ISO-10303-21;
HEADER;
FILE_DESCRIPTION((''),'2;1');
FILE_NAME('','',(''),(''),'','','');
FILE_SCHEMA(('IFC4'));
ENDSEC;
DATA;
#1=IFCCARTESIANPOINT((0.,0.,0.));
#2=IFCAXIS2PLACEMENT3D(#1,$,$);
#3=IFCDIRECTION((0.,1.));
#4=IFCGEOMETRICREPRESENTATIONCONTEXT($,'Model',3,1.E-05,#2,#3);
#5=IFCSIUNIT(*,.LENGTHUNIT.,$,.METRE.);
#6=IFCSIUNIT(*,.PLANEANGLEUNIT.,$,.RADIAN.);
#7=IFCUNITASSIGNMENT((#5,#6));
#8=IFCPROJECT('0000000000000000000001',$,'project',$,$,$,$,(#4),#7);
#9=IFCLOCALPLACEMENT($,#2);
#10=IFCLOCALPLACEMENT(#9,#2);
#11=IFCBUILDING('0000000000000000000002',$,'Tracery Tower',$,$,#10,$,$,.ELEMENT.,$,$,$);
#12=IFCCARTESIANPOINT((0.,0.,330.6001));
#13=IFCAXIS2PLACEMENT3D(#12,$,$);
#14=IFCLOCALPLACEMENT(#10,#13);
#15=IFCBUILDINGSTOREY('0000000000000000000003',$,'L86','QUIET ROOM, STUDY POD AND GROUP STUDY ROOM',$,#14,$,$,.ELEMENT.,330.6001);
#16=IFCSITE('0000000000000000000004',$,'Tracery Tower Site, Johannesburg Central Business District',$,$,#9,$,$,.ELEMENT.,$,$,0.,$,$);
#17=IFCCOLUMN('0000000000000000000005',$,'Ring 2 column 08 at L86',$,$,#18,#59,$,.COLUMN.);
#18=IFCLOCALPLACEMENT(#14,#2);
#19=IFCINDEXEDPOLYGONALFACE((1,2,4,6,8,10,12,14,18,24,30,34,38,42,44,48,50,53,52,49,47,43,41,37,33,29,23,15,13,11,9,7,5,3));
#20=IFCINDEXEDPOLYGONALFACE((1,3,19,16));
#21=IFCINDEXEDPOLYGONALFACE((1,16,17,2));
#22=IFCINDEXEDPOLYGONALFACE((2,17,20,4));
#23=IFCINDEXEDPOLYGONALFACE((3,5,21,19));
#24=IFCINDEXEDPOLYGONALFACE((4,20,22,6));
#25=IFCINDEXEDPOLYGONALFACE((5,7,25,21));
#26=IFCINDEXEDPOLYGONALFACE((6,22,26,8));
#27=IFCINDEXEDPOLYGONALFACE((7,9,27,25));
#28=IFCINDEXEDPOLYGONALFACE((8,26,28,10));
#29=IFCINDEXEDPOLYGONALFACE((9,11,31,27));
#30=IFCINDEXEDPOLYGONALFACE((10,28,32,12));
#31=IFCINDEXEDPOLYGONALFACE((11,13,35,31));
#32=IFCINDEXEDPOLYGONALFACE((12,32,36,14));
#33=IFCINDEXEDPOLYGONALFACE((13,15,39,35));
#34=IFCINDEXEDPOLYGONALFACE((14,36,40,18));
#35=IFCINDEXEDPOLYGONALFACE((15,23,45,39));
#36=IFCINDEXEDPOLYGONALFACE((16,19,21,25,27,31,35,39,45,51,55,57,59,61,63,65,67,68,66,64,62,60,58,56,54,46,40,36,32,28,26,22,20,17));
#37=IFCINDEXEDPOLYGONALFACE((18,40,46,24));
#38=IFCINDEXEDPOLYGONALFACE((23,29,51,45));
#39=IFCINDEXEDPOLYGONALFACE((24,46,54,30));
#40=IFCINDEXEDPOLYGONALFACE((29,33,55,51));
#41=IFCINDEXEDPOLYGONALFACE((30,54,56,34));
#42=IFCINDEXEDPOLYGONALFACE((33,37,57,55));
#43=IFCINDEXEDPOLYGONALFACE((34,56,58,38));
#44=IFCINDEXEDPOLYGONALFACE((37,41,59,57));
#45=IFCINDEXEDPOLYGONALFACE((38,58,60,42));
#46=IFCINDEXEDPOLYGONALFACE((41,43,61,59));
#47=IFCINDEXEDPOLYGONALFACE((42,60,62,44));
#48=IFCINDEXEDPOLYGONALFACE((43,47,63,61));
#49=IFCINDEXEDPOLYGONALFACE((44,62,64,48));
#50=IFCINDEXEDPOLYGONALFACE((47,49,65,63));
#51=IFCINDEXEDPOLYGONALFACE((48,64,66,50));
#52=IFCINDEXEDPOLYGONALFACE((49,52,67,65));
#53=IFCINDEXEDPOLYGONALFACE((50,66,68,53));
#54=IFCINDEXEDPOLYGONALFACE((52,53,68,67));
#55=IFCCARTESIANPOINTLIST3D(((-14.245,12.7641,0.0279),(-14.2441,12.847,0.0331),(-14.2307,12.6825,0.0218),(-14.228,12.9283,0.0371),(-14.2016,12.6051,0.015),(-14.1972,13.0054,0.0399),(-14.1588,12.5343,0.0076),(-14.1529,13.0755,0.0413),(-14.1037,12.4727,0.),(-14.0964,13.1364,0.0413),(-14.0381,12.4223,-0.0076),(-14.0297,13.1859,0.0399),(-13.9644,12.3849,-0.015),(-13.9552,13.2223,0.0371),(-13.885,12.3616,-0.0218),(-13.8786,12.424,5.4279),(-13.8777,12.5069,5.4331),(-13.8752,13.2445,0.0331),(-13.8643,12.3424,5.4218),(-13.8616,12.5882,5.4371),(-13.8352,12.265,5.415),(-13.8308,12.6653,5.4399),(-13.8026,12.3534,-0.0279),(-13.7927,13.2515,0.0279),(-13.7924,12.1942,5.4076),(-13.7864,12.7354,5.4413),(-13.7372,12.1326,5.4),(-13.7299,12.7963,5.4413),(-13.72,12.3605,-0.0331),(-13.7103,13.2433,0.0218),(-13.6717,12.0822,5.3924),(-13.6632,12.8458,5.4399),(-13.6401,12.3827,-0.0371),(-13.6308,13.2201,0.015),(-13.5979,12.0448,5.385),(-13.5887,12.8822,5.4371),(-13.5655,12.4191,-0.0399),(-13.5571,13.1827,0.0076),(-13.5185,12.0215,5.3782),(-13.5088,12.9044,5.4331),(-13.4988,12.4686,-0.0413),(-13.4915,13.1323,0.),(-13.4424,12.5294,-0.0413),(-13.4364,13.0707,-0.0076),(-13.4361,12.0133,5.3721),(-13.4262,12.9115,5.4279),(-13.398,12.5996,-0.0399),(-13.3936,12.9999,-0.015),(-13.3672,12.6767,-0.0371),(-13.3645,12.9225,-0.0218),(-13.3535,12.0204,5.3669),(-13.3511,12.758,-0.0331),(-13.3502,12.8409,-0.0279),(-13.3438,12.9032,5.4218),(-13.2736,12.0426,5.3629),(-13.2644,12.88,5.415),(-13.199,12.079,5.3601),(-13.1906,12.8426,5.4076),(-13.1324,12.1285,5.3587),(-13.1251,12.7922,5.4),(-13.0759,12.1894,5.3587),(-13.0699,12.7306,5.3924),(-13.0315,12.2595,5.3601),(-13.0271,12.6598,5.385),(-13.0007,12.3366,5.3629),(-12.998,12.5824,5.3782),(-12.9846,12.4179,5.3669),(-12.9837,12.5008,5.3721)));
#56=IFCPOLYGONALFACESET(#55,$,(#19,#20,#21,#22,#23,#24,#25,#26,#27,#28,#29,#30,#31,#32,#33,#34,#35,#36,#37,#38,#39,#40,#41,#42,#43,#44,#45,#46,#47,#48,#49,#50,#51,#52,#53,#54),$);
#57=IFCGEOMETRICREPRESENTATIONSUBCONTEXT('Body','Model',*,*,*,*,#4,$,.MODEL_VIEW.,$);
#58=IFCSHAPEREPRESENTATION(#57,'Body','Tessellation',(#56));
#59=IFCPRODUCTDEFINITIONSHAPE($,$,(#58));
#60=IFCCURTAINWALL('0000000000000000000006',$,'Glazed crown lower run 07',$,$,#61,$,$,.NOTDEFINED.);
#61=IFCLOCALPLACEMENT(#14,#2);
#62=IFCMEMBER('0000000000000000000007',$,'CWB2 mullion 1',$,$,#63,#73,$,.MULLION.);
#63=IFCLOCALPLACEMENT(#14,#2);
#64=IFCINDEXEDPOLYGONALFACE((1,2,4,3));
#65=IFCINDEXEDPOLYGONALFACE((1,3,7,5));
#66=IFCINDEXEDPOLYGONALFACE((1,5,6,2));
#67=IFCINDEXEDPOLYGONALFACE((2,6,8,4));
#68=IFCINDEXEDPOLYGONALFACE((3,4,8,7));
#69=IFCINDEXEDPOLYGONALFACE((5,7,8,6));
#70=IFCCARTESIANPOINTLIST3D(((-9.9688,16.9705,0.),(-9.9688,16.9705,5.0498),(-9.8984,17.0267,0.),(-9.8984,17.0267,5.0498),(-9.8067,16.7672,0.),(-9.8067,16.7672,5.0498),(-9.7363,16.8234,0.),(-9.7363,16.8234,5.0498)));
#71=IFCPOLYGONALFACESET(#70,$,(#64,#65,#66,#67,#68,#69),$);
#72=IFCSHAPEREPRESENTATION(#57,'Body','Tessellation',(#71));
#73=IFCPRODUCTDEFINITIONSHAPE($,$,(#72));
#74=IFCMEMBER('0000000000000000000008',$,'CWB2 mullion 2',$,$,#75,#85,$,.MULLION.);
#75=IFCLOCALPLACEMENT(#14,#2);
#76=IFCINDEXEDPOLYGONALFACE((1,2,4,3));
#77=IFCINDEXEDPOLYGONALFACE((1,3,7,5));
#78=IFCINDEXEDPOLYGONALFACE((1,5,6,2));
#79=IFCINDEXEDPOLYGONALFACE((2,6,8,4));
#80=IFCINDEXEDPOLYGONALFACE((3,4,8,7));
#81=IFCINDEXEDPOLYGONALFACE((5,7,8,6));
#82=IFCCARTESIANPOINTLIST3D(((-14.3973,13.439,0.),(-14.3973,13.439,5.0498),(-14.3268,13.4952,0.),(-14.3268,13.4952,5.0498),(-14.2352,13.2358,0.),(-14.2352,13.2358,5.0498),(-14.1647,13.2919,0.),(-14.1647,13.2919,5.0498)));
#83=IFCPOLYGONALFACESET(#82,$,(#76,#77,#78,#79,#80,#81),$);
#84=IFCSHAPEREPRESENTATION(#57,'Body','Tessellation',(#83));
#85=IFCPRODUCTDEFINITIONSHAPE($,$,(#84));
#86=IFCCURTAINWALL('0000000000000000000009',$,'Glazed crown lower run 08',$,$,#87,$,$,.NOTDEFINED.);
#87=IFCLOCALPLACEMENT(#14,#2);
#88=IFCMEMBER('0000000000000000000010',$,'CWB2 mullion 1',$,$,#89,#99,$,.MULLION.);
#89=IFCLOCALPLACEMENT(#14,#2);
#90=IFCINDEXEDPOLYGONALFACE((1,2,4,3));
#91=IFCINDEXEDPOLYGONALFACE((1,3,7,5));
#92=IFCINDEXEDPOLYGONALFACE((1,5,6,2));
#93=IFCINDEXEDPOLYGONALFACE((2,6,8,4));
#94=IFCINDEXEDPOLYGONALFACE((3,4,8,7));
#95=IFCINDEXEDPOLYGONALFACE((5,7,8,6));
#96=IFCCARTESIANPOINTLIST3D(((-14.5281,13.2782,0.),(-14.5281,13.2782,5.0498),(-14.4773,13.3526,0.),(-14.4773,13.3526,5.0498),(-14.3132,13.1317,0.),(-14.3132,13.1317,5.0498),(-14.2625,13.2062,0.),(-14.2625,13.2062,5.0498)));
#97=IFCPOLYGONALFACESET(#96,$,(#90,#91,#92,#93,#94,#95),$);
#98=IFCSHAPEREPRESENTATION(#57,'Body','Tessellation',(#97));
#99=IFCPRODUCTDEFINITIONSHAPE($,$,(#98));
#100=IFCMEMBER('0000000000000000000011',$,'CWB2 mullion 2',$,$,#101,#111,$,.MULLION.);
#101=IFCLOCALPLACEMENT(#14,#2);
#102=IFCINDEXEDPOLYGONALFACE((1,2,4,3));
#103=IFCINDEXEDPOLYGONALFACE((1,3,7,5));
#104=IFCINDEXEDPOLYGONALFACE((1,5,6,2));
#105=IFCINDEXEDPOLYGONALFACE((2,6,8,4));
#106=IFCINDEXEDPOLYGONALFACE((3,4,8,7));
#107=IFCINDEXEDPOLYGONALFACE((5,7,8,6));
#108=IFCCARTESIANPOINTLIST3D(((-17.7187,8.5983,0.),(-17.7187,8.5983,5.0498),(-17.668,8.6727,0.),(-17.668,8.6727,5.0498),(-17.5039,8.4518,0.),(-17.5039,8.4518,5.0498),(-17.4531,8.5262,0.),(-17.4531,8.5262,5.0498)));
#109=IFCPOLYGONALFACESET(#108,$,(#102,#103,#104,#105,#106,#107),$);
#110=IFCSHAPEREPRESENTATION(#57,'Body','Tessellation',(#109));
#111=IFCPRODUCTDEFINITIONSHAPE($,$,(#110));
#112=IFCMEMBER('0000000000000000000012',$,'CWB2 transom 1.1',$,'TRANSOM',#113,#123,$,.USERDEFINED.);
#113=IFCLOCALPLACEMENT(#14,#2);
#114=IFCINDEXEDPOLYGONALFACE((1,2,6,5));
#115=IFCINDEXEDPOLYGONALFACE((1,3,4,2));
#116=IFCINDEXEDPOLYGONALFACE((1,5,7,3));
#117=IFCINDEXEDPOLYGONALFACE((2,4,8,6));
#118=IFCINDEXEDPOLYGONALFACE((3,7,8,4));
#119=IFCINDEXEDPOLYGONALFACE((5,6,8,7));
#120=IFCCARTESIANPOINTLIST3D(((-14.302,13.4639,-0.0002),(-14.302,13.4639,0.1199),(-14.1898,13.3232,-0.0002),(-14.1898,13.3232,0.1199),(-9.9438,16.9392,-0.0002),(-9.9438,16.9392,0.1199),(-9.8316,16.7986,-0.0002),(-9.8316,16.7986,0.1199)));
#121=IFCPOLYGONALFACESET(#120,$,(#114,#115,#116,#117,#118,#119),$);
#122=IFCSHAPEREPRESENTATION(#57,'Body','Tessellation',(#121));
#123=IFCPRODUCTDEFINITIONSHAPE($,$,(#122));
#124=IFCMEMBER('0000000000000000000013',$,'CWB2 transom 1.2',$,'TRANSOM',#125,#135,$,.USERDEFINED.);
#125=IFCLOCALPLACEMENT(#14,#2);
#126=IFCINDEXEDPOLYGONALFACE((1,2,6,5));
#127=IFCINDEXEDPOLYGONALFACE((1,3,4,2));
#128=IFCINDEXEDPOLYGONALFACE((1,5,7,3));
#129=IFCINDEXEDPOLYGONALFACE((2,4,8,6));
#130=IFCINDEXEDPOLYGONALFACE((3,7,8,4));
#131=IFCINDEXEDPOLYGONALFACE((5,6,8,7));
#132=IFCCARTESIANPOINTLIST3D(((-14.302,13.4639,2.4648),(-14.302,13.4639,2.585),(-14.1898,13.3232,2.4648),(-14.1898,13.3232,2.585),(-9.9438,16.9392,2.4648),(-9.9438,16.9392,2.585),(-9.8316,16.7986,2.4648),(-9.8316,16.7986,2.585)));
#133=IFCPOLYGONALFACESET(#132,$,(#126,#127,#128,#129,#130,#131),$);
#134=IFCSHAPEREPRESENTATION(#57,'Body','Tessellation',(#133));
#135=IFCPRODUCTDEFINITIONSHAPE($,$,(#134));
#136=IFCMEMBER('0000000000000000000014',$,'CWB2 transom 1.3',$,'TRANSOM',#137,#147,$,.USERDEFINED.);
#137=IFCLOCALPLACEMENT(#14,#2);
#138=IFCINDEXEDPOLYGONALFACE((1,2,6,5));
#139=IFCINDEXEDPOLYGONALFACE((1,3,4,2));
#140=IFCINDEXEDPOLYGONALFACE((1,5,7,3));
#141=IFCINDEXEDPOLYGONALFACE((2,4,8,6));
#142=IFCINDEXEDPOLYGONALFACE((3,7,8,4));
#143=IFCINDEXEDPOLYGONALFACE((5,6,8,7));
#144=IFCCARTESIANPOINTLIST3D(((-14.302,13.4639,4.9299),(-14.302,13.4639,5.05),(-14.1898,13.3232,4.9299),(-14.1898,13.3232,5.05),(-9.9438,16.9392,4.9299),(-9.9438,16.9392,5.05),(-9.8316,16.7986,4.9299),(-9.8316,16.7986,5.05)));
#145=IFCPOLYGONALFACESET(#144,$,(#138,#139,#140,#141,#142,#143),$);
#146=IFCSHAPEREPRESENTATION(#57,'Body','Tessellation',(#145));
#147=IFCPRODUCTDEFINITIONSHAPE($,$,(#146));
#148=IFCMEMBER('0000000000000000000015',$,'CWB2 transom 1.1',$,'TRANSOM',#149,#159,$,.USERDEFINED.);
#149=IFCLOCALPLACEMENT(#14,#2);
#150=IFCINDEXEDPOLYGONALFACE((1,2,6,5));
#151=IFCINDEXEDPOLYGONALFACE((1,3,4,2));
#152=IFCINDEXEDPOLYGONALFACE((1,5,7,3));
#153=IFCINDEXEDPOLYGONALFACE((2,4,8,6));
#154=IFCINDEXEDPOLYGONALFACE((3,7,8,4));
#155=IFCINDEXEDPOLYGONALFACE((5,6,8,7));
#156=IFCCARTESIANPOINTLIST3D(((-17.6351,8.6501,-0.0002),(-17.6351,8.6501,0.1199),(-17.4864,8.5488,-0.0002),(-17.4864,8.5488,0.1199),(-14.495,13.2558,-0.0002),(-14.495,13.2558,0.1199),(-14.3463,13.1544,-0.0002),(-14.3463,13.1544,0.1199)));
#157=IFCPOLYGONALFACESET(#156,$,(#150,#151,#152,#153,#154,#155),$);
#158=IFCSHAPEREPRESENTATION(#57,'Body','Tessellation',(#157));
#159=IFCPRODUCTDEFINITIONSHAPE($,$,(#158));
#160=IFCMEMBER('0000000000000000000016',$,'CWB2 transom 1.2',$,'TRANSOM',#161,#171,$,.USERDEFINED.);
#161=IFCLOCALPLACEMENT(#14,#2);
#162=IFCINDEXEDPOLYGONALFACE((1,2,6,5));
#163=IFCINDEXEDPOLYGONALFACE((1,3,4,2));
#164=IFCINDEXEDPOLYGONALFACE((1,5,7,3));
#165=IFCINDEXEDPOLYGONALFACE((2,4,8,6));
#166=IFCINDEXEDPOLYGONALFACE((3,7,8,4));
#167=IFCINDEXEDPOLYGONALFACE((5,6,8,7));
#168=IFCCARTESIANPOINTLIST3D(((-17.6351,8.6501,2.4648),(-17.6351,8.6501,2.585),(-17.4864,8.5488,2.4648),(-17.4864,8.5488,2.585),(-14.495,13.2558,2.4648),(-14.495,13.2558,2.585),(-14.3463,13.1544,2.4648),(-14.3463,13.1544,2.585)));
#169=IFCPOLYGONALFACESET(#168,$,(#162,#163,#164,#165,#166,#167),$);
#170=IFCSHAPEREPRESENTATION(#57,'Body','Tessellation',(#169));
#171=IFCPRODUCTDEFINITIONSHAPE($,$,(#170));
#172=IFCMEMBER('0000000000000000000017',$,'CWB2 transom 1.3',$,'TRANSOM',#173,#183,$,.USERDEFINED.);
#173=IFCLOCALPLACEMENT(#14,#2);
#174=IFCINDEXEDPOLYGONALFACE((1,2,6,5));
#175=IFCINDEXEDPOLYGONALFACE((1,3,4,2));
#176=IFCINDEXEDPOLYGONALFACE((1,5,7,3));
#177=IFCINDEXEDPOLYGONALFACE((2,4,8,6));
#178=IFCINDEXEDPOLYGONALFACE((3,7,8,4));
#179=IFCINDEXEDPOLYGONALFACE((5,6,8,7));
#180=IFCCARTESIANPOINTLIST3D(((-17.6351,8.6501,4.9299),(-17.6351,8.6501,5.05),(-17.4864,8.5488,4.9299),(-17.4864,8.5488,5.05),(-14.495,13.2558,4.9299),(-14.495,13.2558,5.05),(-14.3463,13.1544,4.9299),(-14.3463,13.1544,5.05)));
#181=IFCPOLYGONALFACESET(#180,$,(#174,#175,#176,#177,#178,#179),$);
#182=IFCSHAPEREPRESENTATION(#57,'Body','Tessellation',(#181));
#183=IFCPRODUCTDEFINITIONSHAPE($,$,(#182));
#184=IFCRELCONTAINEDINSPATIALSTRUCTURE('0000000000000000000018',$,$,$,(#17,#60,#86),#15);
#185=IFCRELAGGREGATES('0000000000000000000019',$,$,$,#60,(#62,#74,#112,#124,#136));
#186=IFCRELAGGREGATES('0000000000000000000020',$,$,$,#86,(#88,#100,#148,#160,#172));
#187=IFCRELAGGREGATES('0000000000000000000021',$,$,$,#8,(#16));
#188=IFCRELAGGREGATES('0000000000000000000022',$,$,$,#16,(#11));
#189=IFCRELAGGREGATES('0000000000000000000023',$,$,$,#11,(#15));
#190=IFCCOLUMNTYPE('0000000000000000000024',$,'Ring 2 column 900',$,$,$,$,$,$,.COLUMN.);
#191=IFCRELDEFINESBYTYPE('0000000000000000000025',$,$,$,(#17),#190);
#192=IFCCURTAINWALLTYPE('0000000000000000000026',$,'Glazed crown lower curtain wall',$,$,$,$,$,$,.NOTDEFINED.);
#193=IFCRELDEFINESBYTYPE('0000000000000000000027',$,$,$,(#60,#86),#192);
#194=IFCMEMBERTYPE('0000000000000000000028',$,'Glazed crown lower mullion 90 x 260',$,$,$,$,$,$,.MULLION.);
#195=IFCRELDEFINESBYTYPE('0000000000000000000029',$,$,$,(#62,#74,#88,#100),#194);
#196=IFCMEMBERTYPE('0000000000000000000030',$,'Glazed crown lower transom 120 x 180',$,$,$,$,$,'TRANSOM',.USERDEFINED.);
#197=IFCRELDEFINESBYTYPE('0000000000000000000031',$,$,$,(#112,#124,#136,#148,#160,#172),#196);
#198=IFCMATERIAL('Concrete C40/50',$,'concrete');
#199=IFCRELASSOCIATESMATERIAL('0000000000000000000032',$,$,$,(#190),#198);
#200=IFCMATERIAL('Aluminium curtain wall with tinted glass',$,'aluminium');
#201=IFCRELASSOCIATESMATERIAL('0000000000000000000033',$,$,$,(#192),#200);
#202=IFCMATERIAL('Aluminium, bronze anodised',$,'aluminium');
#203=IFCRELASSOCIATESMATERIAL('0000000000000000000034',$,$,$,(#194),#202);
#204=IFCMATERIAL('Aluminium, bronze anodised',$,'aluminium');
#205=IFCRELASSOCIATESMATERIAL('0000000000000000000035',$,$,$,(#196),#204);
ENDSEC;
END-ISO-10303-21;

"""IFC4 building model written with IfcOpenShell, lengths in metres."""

from ifc_helpers import new_model, si_unit, direction, frame, origin, origin_2d, place, context, subcontext, project, spatial, rectangle, circle, extrude, material, material_profile, profile_set, type_object, element, aggregate, save


model = new_model("IFC4")

# Units and contexts
model_context = context("Model", 3, precision=1e-05, world=origin(), true_north=direction((0.0, 1.0)))
body_context = subcontext(model_context, "Body", "Model", "MODEL_VIEW")
ifc_project = project(units=[si_unit("LENGTHUNIT", "METRE"), si_unit("PLANEANGLEUNIT", "RADIAN")], contexts=[model_context])

# Site, building, storey
site_placement = place(None, origin())
site = spatial("IfcSite", under=ifc_project, at=site_placement, Name="Tracery Tower Site, Johannesburg Central Business District", CompositionType="ELEMENT", RefElevation=0.0)
building_placement = place(site_placement, origin())
building = spatial("IfcBuilding", under=site, at=building_placement, Name="Tracery Tower", CompositionType="ELEMENT")
storey_placement = place(building_placement, frame((0.0, 0.0, 330.6001)))
storey = spatial("IfcBuildingStorey", under=building, at=storey_placement, Name="L86", Description="QUIET ROOM, STUDY POD AND GROUP STUDY ROOM", CompositionType="ELEMENT", Elevation=330.6001)

# Column
ifc_material_1 = material(Name="Concrete C40/50", Category="concrete")
ifc_material_profile_1 = material_profile(ifc_material_1, circle(Radius=0.45, at=origin_2d()), Name="RC D900")
ifc_profile_set_1 = profile_set([ifc_material_profile_1], Name="Concrete C40/50")
column_type = type_object("IfcColumnType", Name="Ring 2 column 900", PredefinedType="COLUMN", material=ifc_profile_set_1)
column_placement = place(storey_placement, frame((-13.7976, 12.8025, 0.0), z_axis=(0.067574, -0.062712, 0.995741), x_axis=(0.680245, 0.732985, 0.0)))
element("IfcColumn", 1, at=column_placement, inside=storey, type_object=column_type, Name="Ring 2 column 08 at L86", PredefinedType="COLUMN", context=body_context, shape_type="SweptSolid", body=[
    extrude(circle(Radius=0.45, at=origin_2d()), origin(), (0.0, 0.0, 1.0), 5.4231),
])

# Curtain walls, members
ifc_material_2 = material(Name="Aluminium curtain wall with tinted glass", Category="aluminium")
curtain_wall_type = type_object("IfcCurtainWallType", Name="Glazed crown lower curtain wall", PredefinedType="NOTDEFINED", material=ifc_material_2)
curtain_wall_1_placement = place(storey_placement, origin())
curtain_wall_1 = element("IfcCurtainWall", 2, at=curtain_wall_1_placement, inside=storey, type_object=curtain_wall_type, Name="Glazed crown lower run 07", PredefinedType="NOTDEFINED")
ifc_material_3 = material(Name="Aluminium, bronze anodised", Category="aluminium")
ifc_material_profile_2 = material_profile(ifc_material_3, rectangle(XDim=0.26, YDim=0.0901, at=origin_2d()), Name="Glazed crown lower mullion 90 x 260")
ifc_profile_set_2 = profile_set([ifc_material_profile_2], Name="Aluminium, bronze anodised")
member_type_1 = type_object("IfcMemberType", Name="Glazed crown lower mullion 90 x 260", PredefinedType="MULLION", material=ifc_profile_set_2)
member_1_placement = place(storey_placement, frame((-9.8525, 16.897, 0.0), z_axis=(0.0, 0.0, 1.0), x_axis=(0.623493, -0.781829, 0.0)))
member_1 = element("IfcMember", 3, at=member_1_placement, type_object=member_type_1, Name="CWB2 mullion 1", PredefinedType="MULLION", context=body_context, shape_type="SweptSolid", body=[
    extrude(rectangle(XDim=0.26, YDim=0.0901, at=origin_2d()), origin(), (0.0, 0.0, 1.0), 5.0498),
])
member_2_placement = place(storey_placement, frame((-14.281, 13.3655, 0.0), z_axis=(0.0, 0.0, 1.0), x_axis=(0.623493, -0.781829, 0.0)))
member_2 = element("IfcMember", 4, at=member_2_placement, type_object=member_type_1, Name="CWB2 mullion 2", PredefinedType="MULLION", context=body_context, shape_type="SweptSolid", body=[
    extrude(rectangle(XDim=0.26, YDim=0.0901, at=origin_2d()), origin(), (0.0, 0.0, 1.0), 5.0498),
])
curtain_wall_2_placement = place(storey_placement, origin())
curtain_wall_2 = element("IfcCurtainWall", 5, at=curtain_wall_2_placement, inside=storey, type_object=curtain_wall_type, Name="Glazed crown lower run 08", PredefinedType="NOTDEFINED")
member_3_placement = place(storey_placement, frame((-14.3953, 13.2422, 0.0), z_axis=(0.0, 0.0, 1.0), x_axis=(0.826241, -0.563317, 0.0)))
member_3 = element("IfcMember", 6, at=member_3_placement, type_object=member_type_1, Name="CWB2 mullion 1", PredefinedType="MULLION", context=body_context, shape_type="SweptSolid", body=[
    extrude(rectangle(XDim=0.26, YDim=0.0901, at=origin_2d()), origin(), (0.0, 0.0, 1.0), 5.0498),
])
member_4_placement = place(storey_placement, frame((-17.5859, 8.5623, 0.0), z_axis=(0.0, 0.0, 1.0), x_axis=(0.826241, -0.563317, 0.0)))
member_4 = element("IfcMember", 7, at=member_4_placement, type_object=member_type_1, Name="CWB2 mullion 2", PredefinedType="MULLION", context=body_context, shape_type="SweptSolid", body=[
    extrude(rectangle(XDim=0.26, YDim=0.0901, at=origin_2d()), origin(), (0.0, 0.0, 1.0), 5.0498),
])

# Members
ifc_material_4 = material(Name="Aluminium, bronze anodised", Category="aluminium")
ifc_material_profile_3 = material_profile(ifc_material_4, rectangle(XDim=0.1799, YDim=0.1201, at=origin_2d()), Name="Glazed crown lower transom 120 x 180")
ifc_profile_set_3 = profile_set([ifc_material_profile_3], Name="Aluminium, bronze anodised")
member_type_2 = type_object("IfcMemberType", Name="Glazed crown lower transom 120 x 180", ElementType="TRANSOM", PredefinedType="USERDEFINED", material=ifc_profile_set_3)
member_5_placement = place(storey_placement, frame((-9.8877, 16.8689, 0.0598), z_axis=(-0.781846, -0.623471, 0.0), x_axis=(0.623471, -0.781846, 0.0)))
member_5 = element("IfcMember", 8, at=member_5_placement, type_object=member_type_2, Name="CWB2 transom 1.1", ObjectType="TRANSOM", PredefinedType="USERDEFINED", context=body_context, shape_type="SweptSolid", body=[
    extrude(rectangle(XDim=0.1799, YDim=0.1201, at=origin_2d()), origin(), (0.0, 0.0, 1.0), 5.5742),
])
member_6_placement = place(storey_placement, frame((-9.8877, 16.8689, 2.5249), z_axis=(-0.781846, -0.623471, 0.0), x_axis=(0.623471, -0.781846, 0.0)))
member_6 = element("IfcMember", 9, at=member_6_placement, type_object=member_type_2, Name="CWB2 transom 1.2", ObjectType="TRANSOM", PredefinedType="USERDEFINED", context=body_context, shape_type="SweptSolid", body=[
    extrude(rectangle(XDim=0.1799, YDim=0.1201, at=origin_2d()), origin(), (0.0, 0.0, 1.0), 5.5742),
])
member_7_placement = place(storey_placement, frame((-9.8877, 16.8689, 4.99), z_axis=(-0.781846, -0.623471, 0.0), x_axis=(0.623471, -0.781846, 0.0)))
member_7 = element("IfcMember", 10, at=member_7_placement, type_object=member_type_2, Name="CWB2 transom 1.3", ObjectType="TRANSOM", PredefinedType="USERDEFINED", context=body_context, shape_type="SweptSolid", body=[
    extrude(rectangle(XDim=0.1799, YDim=0.1201, at=origin_2d()), origin(), (0.0, 0.0, 1.0), 5.5742),
])
member_8_placement = place(storey_placement, frame((-14.4207, 13.2051, 0.0598), z_axis=(-0.563322, -0.826238, 0.0), x_axis=(0.826238, -0.563322, 0.0)))
member_8 = element("IfcMember", 11, at=member_8_placement, type_object=member_type_2, Name="CWB2 transom 1.1", ObjectType="TRANSOM", PredefinedType="USERDEFINED", context=body_context, shape_type="SweptSolid", body=[
    extrude(rectangle(XDim=0.1799, YDim=0.1201, at=origin_2d()), origin(), (0.0, 0.0, 1.0), 5.5742),
])
member_9_placement = place(storey_placement, frame((-14.4207, 13.2051, 2.5249), z_axis=(-0.563322, -0.826238, 0.0), x_axis=(0.826238, -0.563322, 0.0)))
member_9 = element("IfcMember", 12, at=member_9_placement, type_object=member_type_2, Name="CWB2 transom 1.2", ObjectType="TRANSOM", PredefinedType="USERDEFINED", context=body_context, shape_type="SweptSolid", body=[
    extrude(rectangle(XDim=0.1799, YDim=0.1201, at=origin_2d()), origin(), (0.0, 0.0, 1.0), 5.5742),
])
member_10_placement = place(storey_placement, frame((-14.4207, 13.2051, 4.99), z_axis=(-0.563322, -0.826238, 0.0), x_axis=(0.826238, -0.563322, 0.0)))
member_10 = element("IfcMember", 13, at=member_10_placement, type_object=member_type_2, Name="CWB2 transom 1.3", ObjectType="TRANSOM", PredefinedType="USERDEFINED", context=body_context, shape_type="SweptSolid", body=[
    extrude(rectangle(XDim=0.1799, YDim=0.1201, at=origin_2d()), origin(), (0.0, 0.0, 1.0), 5.5742),
])

aggregate(curtain_wall_1, [member_1, member_2, member_5, member_6, member_7])
aggregate(curtain_wall_2, [member_3, member_4, member_8, member_9, member_10])

save(model, "model.ifc")
